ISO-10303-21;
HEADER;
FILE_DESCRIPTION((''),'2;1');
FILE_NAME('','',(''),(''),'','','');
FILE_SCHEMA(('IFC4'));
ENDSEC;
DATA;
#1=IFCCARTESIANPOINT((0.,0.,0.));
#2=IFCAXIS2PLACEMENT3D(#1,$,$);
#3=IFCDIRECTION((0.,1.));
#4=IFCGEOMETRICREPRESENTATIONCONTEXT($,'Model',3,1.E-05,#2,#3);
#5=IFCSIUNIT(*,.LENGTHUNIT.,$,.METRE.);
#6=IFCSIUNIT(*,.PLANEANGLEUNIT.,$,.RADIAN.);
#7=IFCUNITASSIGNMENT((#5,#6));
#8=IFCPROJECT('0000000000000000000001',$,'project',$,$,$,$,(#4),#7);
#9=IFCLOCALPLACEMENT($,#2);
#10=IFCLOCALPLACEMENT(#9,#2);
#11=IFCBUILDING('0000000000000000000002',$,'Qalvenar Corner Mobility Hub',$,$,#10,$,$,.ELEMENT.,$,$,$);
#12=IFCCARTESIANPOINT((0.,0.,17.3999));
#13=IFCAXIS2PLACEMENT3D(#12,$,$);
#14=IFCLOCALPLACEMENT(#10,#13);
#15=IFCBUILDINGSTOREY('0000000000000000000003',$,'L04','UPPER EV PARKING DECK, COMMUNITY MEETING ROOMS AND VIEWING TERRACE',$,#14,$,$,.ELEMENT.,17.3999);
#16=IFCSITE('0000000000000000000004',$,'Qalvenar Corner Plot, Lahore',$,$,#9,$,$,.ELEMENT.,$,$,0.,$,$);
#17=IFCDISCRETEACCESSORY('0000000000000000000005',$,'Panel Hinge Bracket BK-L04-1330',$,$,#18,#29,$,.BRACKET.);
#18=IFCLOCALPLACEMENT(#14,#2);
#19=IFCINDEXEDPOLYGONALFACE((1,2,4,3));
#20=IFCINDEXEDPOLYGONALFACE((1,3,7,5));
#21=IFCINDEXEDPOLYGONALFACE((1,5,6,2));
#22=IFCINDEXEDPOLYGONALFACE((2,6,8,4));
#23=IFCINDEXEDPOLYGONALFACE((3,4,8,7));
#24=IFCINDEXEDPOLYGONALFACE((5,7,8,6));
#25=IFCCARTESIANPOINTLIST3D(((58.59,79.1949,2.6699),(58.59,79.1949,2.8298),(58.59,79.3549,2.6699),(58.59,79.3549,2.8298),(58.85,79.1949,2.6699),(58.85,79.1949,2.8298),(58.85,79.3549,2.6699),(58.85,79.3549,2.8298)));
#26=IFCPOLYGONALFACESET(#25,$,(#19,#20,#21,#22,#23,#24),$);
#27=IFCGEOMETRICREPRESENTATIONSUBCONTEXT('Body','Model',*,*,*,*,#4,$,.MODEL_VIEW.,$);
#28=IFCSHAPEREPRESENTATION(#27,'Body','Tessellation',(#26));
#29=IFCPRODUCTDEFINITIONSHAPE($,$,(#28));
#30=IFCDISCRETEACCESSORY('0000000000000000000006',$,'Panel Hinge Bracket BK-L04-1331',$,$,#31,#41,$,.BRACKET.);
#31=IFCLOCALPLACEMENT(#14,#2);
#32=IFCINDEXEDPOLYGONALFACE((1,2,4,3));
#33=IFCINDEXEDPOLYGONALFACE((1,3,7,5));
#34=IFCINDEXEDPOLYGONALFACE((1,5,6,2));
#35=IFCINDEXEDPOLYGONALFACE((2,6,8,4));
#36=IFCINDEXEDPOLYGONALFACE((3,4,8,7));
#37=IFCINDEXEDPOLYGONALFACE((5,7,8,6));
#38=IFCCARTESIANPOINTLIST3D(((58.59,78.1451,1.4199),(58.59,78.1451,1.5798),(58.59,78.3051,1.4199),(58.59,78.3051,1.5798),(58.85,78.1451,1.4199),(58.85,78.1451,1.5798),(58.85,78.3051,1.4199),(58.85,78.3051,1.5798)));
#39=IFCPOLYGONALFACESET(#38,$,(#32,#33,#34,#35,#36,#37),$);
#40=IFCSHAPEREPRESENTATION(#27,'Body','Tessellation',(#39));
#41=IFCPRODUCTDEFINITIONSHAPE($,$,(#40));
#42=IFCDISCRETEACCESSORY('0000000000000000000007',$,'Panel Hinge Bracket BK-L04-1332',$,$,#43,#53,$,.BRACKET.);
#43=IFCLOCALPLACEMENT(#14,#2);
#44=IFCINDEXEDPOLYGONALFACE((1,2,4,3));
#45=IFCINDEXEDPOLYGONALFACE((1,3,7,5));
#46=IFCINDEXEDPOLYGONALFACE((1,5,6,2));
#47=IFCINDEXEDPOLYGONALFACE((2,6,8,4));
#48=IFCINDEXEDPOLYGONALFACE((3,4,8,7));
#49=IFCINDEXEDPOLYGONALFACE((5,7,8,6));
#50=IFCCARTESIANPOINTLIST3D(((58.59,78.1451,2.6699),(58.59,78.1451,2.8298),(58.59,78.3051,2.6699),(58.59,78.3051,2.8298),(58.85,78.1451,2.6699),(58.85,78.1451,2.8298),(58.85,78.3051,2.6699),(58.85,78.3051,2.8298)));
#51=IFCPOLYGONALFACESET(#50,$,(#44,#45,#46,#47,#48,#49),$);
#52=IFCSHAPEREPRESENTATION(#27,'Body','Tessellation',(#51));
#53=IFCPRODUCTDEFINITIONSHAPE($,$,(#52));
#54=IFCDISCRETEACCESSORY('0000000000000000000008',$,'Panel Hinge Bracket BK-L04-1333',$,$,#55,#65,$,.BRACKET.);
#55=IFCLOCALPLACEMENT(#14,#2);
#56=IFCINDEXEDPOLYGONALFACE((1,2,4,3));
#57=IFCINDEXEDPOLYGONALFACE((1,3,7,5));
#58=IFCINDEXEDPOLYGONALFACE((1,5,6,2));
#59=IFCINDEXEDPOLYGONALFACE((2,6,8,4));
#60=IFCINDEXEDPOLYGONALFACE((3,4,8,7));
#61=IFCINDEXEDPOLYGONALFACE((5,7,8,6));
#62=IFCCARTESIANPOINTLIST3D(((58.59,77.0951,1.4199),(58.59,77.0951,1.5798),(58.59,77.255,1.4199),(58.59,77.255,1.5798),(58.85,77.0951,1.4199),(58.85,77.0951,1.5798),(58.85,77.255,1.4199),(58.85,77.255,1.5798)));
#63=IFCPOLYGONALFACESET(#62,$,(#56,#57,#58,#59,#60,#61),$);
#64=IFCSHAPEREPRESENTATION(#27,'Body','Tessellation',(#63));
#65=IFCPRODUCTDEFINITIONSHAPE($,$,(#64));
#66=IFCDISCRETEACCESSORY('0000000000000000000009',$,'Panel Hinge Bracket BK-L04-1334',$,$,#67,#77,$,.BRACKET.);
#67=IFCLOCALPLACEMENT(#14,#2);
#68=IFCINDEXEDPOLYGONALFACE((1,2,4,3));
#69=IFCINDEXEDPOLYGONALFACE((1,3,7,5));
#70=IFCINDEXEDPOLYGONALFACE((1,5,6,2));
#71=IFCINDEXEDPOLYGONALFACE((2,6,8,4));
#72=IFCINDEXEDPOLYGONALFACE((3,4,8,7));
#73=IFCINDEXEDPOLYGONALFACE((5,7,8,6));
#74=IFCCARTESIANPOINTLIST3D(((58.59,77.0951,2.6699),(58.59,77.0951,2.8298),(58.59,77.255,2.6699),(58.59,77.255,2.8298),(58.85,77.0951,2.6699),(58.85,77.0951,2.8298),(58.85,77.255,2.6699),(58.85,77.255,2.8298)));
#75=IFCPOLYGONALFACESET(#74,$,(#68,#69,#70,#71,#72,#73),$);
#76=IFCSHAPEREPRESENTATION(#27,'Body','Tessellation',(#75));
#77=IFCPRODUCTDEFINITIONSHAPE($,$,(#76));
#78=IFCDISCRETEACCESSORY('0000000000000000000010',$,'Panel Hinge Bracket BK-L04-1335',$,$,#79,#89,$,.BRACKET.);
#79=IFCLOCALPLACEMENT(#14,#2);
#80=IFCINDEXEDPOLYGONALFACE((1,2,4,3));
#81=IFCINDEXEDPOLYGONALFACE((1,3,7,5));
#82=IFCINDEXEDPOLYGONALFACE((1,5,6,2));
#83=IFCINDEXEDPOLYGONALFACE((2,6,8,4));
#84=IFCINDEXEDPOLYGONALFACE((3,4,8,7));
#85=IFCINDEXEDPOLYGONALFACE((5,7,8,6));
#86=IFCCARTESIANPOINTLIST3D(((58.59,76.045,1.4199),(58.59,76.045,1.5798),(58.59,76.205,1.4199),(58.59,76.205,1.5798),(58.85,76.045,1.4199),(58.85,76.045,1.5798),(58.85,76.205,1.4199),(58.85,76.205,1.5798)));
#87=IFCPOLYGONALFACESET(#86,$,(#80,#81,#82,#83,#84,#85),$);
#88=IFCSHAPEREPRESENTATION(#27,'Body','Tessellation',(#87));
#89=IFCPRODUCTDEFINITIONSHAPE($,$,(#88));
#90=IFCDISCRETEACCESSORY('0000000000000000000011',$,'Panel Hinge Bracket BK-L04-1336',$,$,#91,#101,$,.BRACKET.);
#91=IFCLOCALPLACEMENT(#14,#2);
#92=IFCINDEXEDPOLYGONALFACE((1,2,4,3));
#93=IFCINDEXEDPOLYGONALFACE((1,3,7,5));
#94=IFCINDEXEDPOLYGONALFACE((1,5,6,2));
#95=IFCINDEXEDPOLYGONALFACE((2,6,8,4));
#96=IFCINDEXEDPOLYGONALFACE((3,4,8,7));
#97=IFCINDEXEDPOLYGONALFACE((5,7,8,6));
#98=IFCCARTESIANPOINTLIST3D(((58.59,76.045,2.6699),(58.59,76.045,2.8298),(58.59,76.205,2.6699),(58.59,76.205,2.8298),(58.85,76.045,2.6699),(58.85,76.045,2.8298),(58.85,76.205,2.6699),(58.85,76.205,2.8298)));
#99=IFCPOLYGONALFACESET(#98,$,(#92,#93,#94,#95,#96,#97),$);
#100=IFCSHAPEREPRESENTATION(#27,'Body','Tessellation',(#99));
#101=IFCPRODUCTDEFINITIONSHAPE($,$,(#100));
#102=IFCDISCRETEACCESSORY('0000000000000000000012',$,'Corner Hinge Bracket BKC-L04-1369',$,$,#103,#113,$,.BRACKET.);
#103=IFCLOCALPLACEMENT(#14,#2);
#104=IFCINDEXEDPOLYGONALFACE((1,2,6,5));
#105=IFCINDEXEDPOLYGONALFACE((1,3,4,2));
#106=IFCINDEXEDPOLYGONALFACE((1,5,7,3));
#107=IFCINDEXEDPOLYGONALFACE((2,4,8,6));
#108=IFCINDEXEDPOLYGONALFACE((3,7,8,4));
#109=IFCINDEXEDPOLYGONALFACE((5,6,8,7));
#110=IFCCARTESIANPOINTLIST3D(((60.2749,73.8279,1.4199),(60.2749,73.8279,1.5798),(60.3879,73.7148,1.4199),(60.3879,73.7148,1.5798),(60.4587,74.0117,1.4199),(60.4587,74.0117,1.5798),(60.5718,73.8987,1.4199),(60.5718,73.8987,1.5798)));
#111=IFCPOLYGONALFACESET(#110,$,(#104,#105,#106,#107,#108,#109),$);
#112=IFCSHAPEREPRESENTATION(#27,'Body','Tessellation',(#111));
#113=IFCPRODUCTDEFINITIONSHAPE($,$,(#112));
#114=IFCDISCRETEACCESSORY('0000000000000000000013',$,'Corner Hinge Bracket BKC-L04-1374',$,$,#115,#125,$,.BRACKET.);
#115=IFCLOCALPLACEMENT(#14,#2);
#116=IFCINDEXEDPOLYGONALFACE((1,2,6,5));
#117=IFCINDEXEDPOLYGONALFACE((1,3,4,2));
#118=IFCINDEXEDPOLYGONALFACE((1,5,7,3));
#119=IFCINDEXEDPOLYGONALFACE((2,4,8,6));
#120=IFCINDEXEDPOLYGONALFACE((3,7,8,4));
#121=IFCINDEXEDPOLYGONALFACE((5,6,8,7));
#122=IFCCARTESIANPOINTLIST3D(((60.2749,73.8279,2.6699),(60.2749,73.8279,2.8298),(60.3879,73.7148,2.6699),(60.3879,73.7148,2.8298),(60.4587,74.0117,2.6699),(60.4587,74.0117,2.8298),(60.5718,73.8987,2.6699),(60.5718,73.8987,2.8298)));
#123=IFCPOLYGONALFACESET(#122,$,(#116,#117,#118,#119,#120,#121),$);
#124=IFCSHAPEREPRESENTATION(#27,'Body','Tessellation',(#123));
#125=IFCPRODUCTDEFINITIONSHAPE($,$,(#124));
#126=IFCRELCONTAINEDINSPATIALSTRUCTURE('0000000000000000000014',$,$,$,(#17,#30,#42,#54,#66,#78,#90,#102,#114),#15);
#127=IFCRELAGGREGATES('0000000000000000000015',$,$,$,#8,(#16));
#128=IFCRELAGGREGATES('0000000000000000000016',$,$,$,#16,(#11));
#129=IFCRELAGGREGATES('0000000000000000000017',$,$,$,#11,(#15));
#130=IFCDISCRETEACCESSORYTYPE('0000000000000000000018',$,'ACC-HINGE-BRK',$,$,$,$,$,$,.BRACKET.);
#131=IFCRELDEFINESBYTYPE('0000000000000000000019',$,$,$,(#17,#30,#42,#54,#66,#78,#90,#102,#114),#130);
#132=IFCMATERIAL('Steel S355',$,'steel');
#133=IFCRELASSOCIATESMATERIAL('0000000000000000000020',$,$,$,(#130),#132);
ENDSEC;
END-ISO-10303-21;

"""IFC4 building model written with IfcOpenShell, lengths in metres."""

from ifc_helpers import new_model, si_unit, direction, frame, origin, origin_2d, place, context, subcontext, project, spatial, rectangle, extrude, material, type_object, element, save


model = new_model("IFC4")

# Units and contexts
model_context = context("Model", 3, precision=1e-05, world=origin(), true_north=direction((0.0, 1.0)))
body_context = subcontext(model_context, "Body", "Model", "MODEL_VIEW")
ifc_project = project(units=[si_unit("LENGTHUNIT", "METRE"), si_unit("PLANEANGLEUNIT", "RADIAN")], contexts=[model_context])

# Site, building, storey
site_placement = place(None, origin())
site = spatial("IfcSite", under=ifc_project, at=site_placement, Name="Qalvenar Corner Plot, Lahore", CompositionType="ELEMENT", RefElevation=0.0)
building_placement = place(site_placement, origin())
building = spatial("IfcBuilding", under=site, at=building_placement, Name="Qalvenar Corner Mobility Hub", CompositionType="ELEMENT")
storey_placement = place(building_placement, frame((0.0, 0.0, 17.3999)))
storey = spatial("IfcBuildingStorey", under=building, at=storey_placement, Name="L04", Description="UPPER EV PARKING DECK, COMMUNITY MEETING ROOMS AND VIEWING TERRACE", CompositionType="ELEMENT", Elevation=17.3999)

# Shared definitions
ifc_material_1 = material(Name="Steel S355", Category="steel")

# Discrete accessories
discrete_accessory_type = type_object("IfcDiscreteAccessoryType", Name="ACC-HINGE-BRK", PredefinedType="BRACKET", material=ifc_material_1)
for number, where, z_axis, x_axis, name in (
    (1, (58.72, 79.2749, 2.6699), (0.0, 0.0, 1.0), (0.0, -1.0, 0.0), "Panel Hinge Bracket BK-L04-1330"),
    (2, (58.72, 78.2251, 1.4199), (0.0, 0.0, 1.0), (0.0, -1.0, 0.0), "Panel Hinge Bracket BK-L04-1331"),
    (3, (58.72, 78.2251, 2.6699), (0.0, 0.0, 1.0), (0.0, -1.0, 0.0), "Panel Hinge Bracket BK-L04-1332"),
    (4, (58.72, 77.175, 1.4199), (0.0, 0.0, 1.0), (0.0, -1.0, 0.0), "Panel Hinge Bracket BK-L04-1333"),
    (5, (58.72, 77.175, 2.6699), (0.0, 0.0, 1.0), (0.0, -1.0, 0.0), "Panel Hinge Bracket BK-L04-1334"),
    (6, (58.72, 76.125, 1.4199), (0.0, 0.0, 1.0), (0.0, -1.0, 0.0), "Panel Hinge Bracket BK-L04-1335"),
    (7, (58.72, 76.125, 2.6699), (0.0, 0.0, 1.0), (0.0, -1.0, 0.0), "Panel Hinge Bracket BK-L04-1336"),
    (8, (60.4233, 73.8633, 1.4199), (0.0, 0.0, 1.0), (0.707107, -0.707107, 0.0), "Corner Hinge Bracket BKC-L04-1369"),
    (9, (60.4233, 73.8633, 2.6699), (0.0, 0.0, 1.0), (0.707107, -0.707107, 0.0), "Corner Hinge Bracket BKC-L04-1374"),
):
    element("IfcDiscreteAccessory", number, at=place(storey_placement, frame(where, z_axis=z_axis, x_axis=x_axis)), inside=storey, type_object=discrete_accessory_type, Name=name, PredefinedType="BRACKET", context=body_context, shape_type="SweptSolid", body=[
        extrude(rectangle(XDim=0.1599, YDim=0.26, at=origin_2d()), origin(), (0.0, 0.0, 1.0), 0.1599),
    ])

save(model, "model.ifc")
